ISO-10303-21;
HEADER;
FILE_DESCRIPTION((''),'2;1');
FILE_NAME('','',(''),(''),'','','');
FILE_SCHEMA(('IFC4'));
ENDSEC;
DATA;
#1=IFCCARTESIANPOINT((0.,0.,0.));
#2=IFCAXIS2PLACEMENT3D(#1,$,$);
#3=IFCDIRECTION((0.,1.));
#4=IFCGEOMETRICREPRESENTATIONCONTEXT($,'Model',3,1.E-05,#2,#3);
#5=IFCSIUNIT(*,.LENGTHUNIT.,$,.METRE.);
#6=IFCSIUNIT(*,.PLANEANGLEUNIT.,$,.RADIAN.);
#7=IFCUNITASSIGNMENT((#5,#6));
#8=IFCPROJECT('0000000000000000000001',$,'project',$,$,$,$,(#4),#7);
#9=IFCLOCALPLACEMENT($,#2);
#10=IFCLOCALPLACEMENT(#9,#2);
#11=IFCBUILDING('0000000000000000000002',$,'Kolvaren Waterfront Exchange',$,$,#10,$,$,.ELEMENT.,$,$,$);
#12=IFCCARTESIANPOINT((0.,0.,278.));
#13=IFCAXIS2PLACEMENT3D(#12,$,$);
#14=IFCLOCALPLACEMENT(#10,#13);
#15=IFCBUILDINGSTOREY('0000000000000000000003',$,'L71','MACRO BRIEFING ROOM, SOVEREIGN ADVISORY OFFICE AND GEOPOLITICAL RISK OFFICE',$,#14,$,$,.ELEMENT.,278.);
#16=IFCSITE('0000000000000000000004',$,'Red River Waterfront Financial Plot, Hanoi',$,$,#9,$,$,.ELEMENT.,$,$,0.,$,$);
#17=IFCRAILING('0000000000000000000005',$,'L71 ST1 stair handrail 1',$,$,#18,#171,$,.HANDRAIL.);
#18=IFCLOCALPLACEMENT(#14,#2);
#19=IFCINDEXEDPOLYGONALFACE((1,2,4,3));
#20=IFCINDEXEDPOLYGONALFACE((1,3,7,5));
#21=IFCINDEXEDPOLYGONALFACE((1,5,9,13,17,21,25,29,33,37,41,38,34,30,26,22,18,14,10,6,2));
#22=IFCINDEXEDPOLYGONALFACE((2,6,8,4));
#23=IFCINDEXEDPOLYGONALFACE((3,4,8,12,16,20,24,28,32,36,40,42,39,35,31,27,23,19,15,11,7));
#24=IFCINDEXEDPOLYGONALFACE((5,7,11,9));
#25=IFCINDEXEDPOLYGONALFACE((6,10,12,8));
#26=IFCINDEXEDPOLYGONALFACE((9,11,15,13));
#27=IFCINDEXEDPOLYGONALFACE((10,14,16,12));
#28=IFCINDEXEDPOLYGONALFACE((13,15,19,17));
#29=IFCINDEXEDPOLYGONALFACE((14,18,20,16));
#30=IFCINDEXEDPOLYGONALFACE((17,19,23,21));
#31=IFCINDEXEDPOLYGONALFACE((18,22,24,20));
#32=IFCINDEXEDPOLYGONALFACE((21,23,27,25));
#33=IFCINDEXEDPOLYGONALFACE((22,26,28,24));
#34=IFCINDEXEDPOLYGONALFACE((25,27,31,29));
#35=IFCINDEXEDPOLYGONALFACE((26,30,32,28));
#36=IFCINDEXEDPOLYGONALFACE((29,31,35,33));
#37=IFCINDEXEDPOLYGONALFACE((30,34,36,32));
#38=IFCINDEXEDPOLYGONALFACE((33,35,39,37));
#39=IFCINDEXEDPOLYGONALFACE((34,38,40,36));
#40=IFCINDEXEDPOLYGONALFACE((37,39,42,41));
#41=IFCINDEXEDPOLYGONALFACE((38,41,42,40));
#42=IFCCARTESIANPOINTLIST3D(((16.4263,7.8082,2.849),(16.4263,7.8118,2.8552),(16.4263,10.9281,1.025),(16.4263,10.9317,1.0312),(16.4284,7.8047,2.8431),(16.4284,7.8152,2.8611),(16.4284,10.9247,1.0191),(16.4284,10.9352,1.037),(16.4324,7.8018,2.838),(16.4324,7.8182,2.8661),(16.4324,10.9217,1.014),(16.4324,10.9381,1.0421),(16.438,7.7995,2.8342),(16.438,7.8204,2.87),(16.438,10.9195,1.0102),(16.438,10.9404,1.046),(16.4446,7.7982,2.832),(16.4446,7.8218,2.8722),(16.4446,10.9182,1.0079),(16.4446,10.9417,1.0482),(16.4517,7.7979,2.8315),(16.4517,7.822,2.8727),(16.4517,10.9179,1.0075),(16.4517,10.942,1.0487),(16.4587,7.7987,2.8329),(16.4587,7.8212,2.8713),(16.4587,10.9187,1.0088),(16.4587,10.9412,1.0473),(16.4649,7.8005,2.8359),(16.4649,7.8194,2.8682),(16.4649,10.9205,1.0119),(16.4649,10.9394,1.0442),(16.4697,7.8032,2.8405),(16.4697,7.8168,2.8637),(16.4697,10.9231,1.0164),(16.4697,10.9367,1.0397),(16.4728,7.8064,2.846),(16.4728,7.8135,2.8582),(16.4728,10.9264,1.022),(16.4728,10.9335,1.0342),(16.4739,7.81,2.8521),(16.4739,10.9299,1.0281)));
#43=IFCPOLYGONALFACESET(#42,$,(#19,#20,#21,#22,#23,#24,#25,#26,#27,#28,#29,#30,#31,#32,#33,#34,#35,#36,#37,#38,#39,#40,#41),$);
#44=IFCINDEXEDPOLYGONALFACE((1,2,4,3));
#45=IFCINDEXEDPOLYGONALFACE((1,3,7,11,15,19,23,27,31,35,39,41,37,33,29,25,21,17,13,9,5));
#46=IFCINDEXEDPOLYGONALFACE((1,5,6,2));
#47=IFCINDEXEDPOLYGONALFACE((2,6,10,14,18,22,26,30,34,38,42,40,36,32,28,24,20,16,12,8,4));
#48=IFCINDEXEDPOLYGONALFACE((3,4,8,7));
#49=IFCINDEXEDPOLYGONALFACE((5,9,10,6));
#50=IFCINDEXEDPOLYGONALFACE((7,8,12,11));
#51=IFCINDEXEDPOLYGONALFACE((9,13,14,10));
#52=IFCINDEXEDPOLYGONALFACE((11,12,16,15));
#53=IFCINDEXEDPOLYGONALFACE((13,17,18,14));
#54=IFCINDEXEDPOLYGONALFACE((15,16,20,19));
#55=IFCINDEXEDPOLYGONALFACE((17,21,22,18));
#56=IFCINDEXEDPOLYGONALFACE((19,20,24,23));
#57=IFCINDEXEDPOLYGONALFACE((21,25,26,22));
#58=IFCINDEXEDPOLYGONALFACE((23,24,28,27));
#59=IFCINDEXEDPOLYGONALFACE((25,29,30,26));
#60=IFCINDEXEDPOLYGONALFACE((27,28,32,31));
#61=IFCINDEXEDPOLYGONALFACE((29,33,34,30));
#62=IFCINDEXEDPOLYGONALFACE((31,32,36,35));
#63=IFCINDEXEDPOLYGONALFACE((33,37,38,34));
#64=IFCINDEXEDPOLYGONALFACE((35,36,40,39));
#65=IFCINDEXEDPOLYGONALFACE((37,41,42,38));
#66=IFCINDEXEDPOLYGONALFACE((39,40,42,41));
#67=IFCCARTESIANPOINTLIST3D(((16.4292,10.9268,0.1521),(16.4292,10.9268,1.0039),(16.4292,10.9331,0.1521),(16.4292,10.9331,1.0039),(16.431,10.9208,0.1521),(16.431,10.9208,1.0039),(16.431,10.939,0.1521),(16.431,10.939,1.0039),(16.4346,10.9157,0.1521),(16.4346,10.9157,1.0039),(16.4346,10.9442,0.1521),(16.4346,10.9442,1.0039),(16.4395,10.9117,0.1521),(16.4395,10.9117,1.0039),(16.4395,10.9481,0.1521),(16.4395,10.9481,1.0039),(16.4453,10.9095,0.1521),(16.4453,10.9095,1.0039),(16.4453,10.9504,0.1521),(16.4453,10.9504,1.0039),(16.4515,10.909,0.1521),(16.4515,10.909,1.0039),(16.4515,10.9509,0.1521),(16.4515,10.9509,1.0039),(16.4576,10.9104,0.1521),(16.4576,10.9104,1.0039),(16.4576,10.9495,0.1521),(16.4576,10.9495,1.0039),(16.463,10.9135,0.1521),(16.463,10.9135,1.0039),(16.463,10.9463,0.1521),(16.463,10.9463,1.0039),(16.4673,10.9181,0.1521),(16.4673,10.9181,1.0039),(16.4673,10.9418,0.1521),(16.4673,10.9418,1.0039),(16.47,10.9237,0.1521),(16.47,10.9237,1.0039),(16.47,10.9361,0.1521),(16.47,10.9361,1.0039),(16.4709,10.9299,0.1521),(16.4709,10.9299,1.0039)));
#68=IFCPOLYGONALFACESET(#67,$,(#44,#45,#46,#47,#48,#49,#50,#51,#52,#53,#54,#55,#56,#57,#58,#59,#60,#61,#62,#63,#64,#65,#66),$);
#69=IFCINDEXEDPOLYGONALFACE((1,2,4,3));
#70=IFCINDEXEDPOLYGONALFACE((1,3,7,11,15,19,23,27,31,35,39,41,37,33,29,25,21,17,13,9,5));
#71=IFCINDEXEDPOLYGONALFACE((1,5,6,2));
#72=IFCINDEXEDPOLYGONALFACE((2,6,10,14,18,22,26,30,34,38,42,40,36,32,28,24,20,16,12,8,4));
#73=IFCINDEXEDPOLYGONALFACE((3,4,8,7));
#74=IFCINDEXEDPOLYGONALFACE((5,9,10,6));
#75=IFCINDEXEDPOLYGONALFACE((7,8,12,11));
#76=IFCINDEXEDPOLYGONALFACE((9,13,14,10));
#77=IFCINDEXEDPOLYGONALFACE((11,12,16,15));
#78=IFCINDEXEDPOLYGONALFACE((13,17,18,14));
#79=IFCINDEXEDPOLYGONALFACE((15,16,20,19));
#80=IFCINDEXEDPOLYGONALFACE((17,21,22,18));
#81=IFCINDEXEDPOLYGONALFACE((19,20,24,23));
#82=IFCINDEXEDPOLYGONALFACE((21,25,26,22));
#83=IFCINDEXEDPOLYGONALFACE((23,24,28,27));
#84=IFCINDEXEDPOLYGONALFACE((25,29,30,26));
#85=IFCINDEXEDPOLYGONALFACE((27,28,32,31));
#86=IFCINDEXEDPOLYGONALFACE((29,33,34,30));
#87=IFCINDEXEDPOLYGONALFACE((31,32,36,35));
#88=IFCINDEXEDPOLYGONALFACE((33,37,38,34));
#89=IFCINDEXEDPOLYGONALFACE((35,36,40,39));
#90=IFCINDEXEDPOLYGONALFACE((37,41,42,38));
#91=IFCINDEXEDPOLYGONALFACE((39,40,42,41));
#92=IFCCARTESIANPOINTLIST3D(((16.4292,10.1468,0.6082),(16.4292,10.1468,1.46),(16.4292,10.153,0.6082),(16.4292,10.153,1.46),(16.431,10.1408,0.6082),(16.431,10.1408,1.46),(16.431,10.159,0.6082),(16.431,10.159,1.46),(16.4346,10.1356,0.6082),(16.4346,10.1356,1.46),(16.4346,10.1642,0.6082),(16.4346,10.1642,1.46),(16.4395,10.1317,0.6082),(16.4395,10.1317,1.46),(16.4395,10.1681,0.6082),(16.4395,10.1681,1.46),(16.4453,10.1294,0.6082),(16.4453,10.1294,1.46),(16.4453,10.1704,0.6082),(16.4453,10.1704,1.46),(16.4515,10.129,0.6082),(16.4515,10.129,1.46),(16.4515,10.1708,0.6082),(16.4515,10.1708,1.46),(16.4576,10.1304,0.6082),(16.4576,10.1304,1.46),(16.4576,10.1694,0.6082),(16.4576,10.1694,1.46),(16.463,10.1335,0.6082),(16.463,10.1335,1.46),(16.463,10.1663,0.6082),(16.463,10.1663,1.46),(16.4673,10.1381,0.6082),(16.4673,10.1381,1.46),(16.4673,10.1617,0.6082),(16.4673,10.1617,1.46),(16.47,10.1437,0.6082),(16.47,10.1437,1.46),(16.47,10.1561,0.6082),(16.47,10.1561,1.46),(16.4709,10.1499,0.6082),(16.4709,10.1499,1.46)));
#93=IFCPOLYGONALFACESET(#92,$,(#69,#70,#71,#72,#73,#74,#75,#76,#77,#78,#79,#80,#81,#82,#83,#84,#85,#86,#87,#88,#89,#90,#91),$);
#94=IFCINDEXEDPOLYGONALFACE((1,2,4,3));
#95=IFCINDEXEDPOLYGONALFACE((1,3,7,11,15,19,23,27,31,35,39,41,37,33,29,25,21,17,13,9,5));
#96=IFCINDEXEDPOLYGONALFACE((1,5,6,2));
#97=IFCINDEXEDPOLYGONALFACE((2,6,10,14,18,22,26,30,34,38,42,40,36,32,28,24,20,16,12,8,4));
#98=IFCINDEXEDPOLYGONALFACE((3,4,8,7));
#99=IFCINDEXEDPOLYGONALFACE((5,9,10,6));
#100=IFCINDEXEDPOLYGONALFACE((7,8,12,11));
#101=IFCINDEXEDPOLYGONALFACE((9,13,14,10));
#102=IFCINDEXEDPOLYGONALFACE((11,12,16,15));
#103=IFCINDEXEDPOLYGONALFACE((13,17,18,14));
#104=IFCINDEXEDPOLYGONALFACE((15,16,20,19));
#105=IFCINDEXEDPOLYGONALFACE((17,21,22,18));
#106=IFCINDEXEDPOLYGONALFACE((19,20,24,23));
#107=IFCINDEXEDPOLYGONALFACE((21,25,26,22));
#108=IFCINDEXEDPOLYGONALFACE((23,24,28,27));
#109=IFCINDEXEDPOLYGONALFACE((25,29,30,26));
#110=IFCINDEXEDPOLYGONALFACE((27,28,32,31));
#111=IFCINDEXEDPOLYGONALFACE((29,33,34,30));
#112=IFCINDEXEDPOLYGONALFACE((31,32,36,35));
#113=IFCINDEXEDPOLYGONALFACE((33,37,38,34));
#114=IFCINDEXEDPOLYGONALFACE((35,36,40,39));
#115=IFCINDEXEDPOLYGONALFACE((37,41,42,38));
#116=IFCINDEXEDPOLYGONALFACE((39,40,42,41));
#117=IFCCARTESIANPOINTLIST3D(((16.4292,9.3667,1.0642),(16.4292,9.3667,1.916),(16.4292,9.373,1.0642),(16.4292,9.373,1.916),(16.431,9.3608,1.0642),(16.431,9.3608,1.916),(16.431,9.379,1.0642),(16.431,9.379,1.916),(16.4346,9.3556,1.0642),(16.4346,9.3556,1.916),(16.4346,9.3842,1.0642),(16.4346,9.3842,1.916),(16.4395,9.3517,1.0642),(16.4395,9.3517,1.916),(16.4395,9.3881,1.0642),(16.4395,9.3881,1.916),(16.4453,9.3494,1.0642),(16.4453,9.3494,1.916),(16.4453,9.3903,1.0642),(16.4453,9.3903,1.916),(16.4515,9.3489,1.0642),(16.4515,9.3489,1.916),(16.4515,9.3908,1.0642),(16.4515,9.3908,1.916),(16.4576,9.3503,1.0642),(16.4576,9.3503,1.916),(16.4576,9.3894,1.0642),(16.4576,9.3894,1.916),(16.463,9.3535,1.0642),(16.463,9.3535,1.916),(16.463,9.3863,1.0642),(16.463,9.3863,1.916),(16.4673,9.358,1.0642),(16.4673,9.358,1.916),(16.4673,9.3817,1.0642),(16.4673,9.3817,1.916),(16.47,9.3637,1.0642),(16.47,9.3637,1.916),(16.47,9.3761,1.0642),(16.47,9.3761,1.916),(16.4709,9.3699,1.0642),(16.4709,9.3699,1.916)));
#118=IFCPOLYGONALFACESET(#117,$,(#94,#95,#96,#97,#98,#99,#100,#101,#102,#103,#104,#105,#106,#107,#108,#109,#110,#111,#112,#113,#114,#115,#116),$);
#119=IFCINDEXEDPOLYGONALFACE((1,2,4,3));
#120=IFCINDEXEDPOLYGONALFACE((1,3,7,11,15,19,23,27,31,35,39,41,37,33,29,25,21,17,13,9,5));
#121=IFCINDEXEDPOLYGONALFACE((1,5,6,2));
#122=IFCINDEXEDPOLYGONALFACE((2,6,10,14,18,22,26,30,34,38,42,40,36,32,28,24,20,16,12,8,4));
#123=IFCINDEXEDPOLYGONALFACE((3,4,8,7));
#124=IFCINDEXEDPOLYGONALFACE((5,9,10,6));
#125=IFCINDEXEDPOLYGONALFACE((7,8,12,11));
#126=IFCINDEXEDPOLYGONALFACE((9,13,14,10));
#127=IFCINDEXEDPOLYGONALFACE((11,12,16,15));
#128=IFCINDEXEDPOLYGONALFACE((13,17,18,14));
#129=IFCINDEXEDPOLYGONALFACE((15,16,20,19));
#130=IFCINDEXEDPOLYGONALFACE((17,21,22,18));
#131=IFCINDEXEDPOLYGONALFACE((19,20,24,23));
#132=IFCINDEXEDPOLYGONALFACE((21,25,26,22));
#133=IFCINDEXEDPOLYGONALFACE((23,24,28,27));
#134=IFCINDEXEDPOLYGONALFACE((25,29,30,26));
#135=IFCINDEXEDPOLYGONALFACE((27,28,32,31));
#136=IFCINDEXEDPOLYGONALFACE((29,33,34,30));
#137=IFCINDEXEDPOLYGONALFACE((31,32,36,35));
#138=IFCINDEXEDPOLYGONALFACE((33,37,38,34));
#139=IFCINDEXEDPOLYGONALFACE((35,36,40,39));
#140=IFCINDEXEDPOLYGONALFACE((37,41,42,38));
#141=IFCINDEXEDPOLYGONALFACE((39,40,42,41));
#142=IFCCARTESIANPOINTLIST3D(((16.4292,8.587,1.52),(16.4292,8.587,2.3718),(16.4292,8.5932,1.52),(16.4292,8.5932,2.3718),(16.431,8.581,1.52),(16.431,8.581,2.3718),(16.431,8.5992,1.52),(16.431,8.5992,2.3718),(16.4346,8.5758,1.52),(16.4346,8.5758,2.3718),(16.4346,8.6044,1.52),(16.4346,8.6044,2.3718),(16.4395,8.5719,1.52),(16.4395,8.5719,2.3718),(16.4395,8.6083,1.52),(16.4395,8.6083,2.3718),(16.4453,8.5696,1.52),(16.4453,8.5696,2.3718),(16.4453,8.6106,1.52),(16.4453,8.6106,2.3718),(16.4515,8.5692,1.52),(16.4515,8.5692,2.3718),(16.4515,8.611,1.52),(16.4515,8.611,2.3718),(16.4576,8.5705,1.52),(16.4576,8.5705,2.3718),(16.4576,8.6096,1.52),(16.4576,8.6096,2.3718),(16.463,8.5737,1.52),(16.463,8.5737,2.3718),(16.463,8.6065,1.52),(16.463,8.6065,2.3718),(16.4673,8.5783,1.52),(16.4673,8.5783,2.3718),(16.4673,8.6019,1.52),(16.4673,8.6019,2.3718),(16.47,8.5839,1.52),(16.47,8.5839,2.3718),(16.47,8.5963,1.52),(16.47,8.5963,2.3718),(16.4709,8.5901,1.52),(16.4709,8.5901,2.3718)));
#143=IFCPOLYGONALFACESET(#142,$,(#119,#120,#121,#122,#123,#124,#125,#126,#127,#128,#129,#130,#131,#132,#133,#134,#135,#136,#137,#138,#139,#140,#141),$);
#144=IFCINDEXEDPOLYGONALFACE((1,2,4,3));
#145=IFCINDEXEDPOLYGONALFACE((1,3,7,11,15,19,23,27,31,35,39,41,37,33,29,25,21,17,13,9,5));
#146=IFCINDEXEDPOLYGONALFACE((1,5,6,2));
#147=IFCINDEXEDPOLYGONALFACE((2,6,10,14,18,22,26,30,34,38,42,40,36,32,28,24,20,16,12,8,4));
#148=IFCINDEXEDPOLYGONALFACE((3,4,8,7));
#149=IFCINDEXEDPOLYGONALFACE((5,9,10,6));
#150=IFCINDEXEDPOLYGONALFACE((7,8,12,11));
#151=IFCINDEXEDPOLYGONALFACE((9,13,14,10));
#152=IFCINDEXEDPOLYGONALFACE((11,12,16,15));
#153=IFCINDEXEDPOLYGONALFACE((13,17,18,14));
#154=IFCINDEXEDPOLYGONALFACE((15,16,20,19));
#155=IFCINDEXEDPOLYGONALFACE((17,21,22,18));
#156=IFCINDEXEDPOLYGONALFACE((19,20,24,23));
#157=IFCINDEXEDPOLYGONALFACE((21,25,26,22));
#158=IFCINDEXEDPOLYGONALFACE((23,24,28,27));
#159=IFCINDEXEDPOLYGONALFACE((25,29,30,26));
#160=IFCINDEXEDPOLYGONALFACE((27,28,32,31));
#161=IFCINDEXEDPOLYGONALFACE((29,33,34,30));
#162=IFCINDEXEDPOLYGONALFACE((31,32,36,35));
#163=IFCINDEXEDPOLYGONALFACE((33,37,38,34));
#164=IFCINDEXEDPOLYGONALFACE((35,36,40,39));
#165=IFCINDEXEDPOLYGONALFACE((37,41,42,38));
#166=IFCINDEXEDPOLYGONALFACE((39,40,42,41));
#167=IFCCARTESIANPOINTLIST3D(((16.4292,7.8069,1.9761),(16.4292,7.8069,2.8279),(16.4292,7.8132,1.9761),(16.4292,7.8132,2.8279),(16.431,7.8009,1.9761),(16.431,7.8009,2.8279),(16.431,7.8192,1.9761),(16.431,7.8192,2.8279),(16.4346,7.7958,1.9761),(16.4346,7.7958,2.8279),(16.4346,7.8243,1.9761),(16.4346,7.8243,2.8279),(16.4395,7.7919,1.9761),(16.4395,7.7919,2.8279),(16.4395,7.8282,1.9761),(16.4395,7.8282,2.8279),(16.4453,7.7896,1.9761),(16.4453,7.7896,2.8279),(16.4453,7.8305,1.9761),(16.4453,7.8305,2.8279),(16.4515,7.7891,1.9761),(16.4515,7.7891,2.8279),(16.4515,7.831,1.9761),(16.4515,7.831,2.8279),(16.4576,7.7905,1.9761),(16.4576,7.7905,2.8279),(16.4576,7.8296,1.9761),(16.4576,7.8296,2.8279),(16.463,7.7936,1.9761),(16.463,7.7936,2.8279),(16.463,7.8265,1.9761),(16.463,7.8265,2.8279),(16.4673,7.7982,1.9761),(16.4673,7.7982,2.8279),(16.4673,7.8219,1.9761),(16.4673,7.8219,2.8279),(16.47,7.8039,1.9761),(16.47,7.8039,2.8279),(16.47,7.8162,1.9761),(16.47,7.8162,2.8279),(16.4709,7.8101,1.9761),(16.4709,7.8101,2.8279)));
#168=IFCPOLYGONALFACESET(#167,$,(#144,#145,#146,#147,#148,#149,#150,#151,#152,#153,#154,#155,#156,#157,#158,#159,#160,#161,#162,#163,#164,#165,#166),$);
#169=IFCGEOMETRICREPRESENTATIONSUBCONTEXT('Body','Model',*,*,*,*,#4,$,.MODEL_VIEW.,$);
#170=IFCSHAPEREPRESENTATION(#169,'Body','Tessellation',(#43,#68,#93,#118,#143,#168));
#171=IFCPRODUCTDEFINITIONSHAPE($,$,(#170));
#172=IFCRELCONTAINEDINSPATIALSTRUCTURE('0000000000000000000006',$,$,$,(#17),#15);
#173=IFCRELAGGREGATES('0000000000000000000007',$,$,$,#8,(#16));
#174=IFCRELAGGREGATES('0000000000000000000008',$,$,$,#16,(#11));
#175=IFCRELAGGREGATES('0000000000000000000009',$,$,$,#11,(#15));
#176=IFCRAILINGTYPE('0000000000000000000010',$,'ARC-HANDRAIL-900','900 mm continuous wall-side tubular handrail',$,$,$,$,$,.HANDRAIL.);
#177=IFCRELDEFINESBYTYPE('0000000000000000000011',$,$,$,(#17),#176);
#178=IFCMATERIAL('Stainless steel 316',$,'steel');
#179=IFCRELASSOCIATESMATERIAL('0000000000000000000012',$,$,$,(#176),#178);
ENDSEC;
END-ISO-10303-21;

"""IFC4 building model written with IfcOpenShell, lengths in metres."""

from ifc_helpers import new_model, si_unit, direction, frame, origin, origin_2d, place, context, subcontext, project, spatial, circle, extrude, material, type_object, element, save


model = new_model("IFC4")

# Units and contexts
model_context = context("Model", 3, precision=1e-05, world=origin(), true_north=direction((0.0, 1.0)))
body_context = subcontext(model_context, "Body", "Model", "MODEL_VIEW")
ifc_project = project(units=[si_unit("LENGTHUNIT", "METRE"), si_unit("PLANEANGLEUNIT", "RADIAN")], contexts=[model_context])

# Site, building, storey
site_placement = place(None, origin())
site = spatial("IfcSite", under=ifc_project, at=site_placement, Name="Red River Waterfront Financial Plot, Hanoi", CompositionType="ELEMENT", RefElevation=0.0)
building_placement = place(site_placement, origin())
building = spatial("IfcBuilding", under=site, at=building_placement, Name="Kolvaren Waterfront Exchange", CompositionType="ELEMENT")
storey_placement = place(building_placement, frame((0.0, 0.0, 278.0)))
storey = spatial("IfcBuildingStorey", under=building, at=storey_placement, Name="L71", Description="MACRO BRIEFING ROOM, SOVEREIGN ADVISORY OFFICE AND GEOPOLITICAL RISK OFFICE", CompositionType="ELEMENT", Elevation=278.0)

# Railing
ifc_material_1 = material(Name="Stainless steel 316", Category="steel")
railing_type_1 = type_object("IfcRailingType", Name="ARC-HANDRAIL-900", Description="900 mm continuous wall-side tubular handrail", PredefinedType="HANDRAIL", material=ifc_material_1)
railing_1_placement = place(storey_placement, frame((16.45, 10.9299, 0.1521)))
element("IfcRailing", 1, at=railing_1_placement, inside=storey, type_object=railing_type_1, Name="L71 ST1 stair handrail 1", PredefinedType="HANDRAIL", context=body_context, shape_type="SweptSolid", body=[
    extrude(circle(Radius=0.0239, at=origin_2d()), frame((0.0, 0.0, 0.876), z_axis=(0.0, -0.863291, 0.504707), x_axis=(1.0, 0.0, 0.0)), (0.0, 0.0, 1.0), 3.614),
    extrude(circle(Radius=0.021, at=origin_2d()), origin(), (0.0, 0.0, 1.0), 0.8518),
    extrude(circle(Radius=0.021, at=origin_2d()), frame((0.0, -0.78, 0.4561)), (0.0, 0.0, 1.0), 0.8518),
    extrude(circle(Radius=0.021, at=origin_2d()), frame((0.0, -1.5601, 0.9121)), (0.0, 0.0, 1.0), 0.8518),
    extrude(circle(Radius=0.021, at=origin_2d()), frame((0.0, -2.3398, 1.3679)), (0.0, 0.0, 1.0), 0.8518),
    extrude(circle(Radius=0.021, at=origin_2d()), frame((0.0, -3.1199, 1.824)), (0.0, 0.0, 1.0), 0.8518),
])

save(model, "model.ifc")
